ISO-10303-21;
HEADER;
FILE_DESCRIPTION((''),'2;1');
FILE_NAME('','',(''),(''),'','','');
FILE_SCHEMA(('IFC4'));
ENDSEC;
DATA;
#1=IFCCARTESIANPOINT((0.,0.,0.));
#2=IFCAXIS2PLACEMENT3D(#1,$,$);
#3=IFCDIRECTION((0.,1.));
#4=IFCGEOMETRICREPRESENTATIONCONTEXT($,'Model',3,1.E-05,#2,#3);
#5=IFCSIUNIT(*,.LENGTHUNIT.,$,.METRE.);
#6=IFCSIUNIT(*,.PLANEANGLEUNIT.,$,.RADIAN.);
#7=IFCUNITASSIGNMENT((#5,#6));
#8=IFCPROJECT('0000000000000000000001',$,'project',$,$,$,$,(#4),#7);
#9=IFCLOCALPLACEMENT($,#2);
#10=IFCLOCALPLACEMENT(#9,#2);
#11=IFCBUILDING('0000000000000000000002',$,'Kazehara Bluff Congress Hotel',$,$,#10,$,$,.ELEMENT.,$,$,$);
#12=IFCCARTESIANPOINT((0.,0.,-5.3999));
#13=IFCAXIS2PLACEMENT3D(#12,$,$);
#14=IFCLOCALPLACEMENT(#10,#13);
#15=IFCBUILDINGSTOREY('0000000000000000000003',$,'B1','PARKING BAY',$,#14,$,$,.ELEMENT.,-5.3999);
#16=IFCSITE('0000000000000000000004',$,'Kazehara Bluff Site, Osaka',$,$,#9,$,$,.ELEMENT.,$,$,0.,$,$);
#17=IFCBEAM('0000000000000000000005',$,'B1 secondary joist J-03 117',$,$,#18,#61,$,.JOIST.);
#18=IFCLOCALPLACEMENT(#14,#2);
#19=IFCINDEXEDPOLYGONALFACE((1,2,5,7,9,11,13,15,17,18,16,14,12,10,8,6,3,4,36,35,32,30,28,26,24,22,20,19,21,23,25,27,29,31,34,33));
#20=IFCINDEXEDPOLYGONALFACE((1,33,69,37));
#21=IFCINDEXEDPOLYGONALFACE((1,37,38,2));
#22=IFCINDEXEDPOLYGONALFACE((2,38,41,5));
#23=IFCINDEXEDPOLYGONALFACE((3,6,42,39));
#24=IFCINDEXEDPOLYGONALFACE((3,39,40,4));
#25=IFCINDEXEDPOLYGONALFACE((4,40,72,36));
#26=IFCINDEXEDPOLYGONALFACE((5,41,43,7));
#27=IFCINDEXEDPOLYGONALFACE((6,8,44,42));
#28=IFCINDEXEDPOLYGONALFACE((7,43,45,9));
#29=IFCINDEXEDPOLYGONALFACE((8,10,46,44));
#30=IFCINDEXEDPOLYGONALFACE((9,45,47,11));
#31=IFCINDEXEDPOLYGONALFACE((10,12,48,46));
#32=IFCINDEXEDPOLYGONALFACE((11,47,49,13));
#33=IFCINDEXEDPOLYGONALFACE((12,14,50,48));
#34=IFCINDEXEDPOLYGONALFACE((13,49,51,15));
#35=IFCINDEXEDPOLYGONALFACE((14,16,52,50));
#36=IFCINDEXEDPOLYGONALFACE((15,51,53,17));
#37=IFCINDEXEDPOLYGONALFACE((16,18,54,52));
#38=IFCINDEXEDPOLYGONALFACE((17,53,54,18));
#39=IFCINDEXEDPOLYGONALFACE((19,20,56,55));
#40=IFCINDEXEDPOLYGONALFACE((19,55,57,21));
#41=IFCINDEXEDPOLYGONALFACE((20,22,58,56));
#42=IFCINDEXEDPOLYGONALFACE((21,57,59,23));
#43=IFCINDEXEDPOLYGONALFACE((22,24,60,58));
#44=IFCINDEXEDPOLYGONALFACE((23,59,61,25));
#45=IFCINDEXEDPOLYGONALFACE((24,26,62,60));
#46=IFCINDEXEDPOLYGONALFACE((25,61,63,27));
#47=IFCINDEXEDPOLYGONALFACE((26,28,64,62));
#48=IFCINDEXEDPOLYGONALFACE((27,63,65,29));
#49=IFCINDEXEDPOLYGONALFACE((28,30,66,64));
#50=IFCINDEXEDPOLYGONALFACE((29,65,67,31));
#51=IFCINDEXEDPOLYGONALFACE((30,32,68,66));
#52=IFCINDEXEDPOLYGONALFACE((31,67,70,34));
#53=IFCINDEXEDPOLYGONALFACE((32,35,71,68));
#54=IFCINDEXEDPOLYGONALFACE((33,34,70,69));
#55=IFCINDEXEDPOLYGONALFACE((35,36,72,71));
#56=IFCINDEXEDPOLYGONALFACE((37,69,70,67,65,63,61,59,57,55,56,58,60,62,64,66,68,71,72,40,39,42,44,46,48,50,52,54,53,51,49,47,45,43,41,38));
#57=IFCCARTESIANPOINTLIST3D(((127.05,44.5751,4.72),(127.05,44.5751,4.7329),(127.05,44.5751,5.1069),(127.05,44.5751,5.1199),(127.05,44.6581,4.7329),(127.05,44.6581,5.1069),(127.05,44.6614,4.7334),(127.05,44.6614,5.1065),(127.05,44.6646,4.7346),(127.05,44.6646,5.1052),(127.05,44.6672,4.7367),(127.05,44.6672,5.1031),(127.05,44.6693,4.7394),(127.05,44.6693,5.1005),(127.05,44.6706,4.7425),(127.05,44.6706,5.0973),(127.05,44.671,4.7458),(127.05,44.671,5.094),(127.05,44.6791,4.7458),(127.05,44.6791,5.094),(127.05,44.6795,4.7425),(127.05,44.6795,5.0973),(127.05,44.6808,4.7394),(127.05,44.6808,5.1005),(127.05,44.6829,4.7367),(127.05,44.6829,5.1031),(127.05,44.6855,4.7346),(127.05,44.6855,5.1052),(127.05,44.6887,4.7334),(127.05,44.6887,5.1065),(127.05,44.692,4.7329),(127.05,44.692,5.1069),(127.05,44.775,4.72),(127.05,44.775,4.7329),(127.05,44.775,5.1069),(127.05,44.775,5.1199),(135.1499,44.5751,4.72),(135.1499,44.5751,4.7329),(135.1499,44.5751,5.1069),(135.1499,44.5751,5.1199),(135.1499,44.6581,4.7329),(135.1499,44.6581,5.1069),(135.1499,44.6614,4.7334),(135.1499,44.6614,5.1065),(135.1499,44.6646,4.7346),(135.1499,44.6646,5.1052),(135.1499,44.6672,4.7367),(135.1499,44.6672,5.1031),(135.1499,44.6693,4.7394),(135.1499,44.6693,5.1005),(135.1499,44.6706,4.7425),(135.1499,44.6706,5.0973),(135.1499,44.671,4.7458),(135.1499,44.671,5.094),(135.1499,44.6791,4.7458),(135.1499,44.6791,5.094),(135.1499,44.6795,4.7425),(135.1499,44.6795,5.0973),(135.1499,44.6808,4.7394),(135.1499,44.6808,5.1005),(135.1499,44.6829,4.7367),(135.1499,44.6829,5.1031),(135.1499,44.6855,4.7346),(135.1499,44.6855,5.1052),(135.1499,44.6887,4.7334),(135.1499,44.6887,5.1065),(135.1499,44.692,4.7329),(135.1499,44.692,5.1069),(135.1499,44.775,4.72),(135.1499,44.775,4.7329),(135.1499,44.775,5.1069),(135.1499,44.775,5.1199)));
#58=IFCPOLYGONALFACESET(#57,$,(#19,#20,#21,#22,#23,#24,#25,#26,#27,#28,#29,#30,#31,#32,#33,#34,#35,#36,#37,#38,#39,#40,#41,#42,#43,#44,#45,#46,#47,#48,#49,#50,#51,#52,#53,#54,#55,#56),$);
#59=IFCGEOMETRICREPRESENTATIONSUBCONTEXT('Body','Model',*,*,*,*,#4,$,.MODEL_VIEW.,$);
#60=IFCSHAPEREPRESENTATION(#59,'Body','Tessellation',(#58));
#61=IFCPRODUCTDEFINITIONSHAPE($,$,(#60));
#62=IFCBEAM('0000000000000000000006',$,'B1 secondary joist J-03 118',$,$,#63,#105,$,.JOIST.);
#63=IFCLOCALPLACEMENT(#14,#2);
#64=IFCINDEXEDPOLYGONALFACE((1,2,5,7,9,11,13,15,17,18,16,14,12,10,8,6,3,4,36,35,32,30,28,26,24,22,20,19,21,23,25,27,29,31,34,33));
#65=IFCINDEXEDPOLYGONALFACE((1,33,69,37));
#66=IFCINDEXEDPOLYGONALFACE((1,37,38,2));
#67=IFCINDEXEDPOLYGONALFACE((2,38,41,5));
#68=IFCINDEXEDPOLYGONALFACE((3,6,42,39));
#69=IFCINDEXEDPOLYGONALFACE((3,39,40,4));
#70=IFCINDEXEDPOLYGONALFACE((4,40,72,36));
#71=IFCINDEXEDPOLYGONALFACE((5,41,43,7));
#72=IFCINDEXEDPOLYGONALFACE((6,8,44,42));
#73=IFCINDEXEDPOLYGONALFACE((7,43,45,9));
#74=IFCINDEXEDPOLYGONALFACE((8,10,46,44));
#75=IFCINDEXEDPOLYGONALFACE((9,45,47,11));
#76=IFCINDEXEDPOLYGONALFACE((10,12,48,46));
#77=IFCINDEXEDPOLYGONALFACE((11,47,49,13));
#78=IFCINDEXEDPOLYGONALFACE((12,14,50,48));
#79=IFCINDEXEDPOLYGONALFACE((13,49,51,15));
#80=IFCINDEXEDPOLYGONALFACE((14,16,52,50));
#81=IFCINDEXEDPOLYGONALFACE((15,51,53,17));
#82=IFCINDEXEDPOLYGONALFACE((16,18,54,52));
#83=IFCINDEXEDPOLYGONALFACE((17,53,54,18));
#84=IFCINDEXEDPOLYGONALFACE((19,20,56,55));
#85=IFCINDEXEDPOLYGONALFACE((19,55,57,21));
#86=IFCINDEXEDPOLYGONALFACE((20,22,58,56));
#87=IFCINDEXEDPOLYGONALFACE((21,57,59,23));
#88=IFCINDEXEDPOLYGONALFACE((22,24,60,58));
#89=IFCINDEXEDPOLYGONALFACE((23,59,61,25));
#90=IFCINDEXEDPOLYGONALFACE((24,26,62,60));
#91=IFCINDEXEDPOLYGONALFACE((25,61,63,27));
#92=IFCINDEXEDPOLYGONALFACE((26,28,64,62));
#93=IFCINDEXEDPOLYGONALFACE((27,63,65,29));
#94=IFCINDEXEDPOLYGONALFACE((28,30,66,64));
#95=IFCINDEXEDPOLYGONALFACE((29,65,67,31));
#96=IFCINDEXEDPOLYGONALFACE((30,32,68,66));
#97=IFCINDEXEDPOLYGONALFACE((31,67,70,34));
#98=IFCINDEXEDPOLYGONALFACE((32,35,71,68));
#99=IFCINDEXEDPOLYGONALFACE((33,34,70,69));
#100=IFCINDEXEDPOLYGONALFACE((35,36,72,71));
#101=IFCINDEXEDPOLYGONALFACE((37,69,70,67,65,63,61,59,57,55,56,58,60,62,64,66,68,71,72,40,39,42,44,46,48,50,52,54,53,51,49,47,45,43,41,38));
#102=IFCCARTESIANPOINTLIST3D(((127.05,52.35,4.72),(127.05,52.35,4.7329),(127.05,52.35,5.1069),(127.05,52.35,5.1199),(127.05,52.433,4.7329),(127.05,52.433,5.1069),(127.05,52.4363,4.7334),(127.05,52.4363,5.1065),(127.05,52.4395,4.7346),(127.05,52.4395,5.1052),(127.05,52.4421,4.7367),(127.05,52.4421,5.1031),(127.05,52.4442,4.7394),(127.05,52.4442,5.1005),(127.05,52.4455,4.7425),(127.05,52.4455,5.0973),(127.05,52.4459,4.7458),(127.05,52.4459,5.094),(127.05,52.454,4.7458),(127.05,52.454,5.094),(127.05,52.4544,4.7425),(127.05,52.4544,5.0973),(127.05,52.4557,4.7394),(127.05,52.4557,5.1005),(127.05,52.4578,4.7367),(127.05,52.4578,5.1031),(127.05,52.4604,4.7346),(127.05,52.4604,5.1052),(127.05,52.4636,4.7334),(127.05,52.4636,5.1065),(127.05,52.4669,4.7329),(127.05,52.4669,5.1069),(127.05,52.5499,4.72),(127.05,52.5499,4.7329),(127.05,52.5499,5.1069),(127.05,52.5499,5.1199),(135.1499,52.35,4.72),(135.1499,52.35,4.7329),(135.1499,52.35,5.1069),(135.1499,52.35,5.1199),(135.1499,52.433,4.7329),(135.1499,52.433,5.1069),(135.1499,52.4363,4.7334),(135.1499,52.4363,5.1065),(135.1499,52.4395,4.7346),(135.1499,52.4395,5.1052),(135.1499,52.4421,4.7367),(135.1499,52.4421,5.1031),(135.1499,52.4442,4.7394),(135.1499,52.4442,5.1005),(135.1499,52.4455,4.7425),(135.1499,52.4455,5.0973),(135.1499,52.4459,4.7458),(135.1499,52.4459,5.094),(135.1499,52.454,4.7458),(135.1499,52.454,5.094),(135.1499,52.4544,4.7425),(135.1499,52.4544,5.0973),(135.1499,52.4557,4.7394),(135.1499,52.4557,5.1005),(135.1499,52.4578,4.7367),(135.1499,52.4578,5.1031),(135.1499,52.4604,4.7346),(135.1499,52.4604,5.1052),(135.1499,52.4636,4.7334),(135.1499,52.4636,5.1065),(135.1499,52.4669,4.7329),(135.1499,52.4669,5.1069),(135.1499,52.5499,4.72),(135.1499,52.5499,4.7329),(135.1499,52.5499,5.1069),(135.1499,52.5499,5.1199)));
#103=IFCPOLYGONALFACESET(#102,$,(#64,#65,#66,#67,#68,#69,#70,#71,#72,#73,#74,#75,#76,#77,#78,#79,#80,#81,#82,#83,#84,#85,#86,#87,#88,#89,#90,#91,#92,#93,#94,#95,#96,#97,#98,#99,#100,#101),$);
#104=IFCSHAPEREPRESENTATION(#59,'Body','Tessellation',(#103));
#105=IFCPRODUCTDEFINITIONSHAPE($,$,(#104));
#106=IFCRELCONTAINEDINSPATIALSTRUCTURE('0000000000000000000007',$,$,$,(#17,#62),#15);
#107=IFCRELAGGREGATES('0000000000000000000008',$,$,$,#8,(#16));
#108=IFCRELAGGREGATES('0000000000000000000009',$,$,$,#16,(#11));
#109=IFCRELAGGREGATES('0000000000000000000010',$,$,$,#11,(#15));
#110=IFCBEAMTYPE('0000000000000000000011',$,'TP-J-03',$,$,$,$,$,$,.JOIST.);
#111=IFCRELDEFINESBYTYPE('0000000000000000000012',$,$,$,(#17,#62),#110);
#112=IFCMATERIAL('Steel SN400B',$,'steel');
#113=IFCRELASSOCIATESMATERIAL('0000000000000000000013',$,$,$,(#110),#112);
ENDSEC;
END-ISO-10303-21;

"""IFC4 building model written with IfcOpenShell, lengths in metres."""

from ifc_helpers import new_model, si_unit, direction, frame, origin, origin_2d, place, context, subcontext, project, spatial, i_section, extrude, material, material_profile, profile_set, type_object, element, save


model = new_model("IFC4")

# Units and contexts
model_context = context("Model", 3, precision=1e-05, world=origin(), true_north=direction((0.0, 1.0)))
body_context = subcontext(model_context, "Body", "Model", "MODEL_VIEW")
ifc_project = project(units=[si_unit("LENGTHUNIT", "METRE"), si_unit("PLANEANGLEUNIT", "RADIAN")], contexts=[model_context])

# Site, building, storey
site_placement = place(None, origin())
site = spatial("IfcSite", under=ifc_project, at=site_placement, Name="Kazehara Bluff Site, Osaka", CompositionType="ELEMENT", RefElevation=0.0)
building_placement = place(site_placement, origin())
building = spatial("IfcBuilding", under=site, at=building_placement, Name="Kazehara Bluff Congress Hotel", CompositionType="ELEMENT")
storey_placement = place(building_placement, frame((0.0, 0.0, -5.3999)))
storey = spatial("IfcBuildingStorey", under=building, at=storey_placement, Name="B1", Description="PARKING BAY", CompositionType="ELEMENT", Elevation=-5.3999)

# Beams
ifc_material_1 = material(Name="Steel SN400B", Category="steel")
ifc_material_profile_1 = material_profile(ifc_material_1, i_section(OverallWidth=0.2, OverallDepth=0.3999, WebThickness=0.0081, FlangeThickness=0.0129, FilletRadius=0.0129, at=origin_2d()))
ifc_profile_set_1 = profile_set([ifc_material_profile_1], Name="Steel SN400B")
beam_type_1 = type_object("IfcBeamType", Name="TP-J-03", PredefinedType="JOIST", material=ifc_profile_set_1)
for number, where, z_axis, x_axis, name in (
    (1, (127.05, 44.675, 4.9199), (1.0, 0.0, 0.0), (0.0, 1.0, 0.0), "B1 secondary joist J-03 117"),
    (2, (127.05, 52.45, 4.9199), (1.0, 0.0, 0.0), (0.0, 1.0, 0.0), "B1 secondary joist J-03 118"),
):
    element("IfcBeam", number, at=place(storey_placement, frame(where, z_axis=z_axis, x_axis=x_axis)), inside=storey, type_object=beam_type_1, Name=name, PredefinedType="JOIST", context=body_context, shape_type="SweptSolid", body=[
        extrude(i_section(OverallWidth=0.2, OverallDepth=0.3999, WebThickness=0.0081, FlangeThickness=0.0129, FilletRadius=0.0129, at=origin_2d()), origin(), (0.0, 0.0, 1.0), 8.0999),
    ])

save(model, "model.ifc")
